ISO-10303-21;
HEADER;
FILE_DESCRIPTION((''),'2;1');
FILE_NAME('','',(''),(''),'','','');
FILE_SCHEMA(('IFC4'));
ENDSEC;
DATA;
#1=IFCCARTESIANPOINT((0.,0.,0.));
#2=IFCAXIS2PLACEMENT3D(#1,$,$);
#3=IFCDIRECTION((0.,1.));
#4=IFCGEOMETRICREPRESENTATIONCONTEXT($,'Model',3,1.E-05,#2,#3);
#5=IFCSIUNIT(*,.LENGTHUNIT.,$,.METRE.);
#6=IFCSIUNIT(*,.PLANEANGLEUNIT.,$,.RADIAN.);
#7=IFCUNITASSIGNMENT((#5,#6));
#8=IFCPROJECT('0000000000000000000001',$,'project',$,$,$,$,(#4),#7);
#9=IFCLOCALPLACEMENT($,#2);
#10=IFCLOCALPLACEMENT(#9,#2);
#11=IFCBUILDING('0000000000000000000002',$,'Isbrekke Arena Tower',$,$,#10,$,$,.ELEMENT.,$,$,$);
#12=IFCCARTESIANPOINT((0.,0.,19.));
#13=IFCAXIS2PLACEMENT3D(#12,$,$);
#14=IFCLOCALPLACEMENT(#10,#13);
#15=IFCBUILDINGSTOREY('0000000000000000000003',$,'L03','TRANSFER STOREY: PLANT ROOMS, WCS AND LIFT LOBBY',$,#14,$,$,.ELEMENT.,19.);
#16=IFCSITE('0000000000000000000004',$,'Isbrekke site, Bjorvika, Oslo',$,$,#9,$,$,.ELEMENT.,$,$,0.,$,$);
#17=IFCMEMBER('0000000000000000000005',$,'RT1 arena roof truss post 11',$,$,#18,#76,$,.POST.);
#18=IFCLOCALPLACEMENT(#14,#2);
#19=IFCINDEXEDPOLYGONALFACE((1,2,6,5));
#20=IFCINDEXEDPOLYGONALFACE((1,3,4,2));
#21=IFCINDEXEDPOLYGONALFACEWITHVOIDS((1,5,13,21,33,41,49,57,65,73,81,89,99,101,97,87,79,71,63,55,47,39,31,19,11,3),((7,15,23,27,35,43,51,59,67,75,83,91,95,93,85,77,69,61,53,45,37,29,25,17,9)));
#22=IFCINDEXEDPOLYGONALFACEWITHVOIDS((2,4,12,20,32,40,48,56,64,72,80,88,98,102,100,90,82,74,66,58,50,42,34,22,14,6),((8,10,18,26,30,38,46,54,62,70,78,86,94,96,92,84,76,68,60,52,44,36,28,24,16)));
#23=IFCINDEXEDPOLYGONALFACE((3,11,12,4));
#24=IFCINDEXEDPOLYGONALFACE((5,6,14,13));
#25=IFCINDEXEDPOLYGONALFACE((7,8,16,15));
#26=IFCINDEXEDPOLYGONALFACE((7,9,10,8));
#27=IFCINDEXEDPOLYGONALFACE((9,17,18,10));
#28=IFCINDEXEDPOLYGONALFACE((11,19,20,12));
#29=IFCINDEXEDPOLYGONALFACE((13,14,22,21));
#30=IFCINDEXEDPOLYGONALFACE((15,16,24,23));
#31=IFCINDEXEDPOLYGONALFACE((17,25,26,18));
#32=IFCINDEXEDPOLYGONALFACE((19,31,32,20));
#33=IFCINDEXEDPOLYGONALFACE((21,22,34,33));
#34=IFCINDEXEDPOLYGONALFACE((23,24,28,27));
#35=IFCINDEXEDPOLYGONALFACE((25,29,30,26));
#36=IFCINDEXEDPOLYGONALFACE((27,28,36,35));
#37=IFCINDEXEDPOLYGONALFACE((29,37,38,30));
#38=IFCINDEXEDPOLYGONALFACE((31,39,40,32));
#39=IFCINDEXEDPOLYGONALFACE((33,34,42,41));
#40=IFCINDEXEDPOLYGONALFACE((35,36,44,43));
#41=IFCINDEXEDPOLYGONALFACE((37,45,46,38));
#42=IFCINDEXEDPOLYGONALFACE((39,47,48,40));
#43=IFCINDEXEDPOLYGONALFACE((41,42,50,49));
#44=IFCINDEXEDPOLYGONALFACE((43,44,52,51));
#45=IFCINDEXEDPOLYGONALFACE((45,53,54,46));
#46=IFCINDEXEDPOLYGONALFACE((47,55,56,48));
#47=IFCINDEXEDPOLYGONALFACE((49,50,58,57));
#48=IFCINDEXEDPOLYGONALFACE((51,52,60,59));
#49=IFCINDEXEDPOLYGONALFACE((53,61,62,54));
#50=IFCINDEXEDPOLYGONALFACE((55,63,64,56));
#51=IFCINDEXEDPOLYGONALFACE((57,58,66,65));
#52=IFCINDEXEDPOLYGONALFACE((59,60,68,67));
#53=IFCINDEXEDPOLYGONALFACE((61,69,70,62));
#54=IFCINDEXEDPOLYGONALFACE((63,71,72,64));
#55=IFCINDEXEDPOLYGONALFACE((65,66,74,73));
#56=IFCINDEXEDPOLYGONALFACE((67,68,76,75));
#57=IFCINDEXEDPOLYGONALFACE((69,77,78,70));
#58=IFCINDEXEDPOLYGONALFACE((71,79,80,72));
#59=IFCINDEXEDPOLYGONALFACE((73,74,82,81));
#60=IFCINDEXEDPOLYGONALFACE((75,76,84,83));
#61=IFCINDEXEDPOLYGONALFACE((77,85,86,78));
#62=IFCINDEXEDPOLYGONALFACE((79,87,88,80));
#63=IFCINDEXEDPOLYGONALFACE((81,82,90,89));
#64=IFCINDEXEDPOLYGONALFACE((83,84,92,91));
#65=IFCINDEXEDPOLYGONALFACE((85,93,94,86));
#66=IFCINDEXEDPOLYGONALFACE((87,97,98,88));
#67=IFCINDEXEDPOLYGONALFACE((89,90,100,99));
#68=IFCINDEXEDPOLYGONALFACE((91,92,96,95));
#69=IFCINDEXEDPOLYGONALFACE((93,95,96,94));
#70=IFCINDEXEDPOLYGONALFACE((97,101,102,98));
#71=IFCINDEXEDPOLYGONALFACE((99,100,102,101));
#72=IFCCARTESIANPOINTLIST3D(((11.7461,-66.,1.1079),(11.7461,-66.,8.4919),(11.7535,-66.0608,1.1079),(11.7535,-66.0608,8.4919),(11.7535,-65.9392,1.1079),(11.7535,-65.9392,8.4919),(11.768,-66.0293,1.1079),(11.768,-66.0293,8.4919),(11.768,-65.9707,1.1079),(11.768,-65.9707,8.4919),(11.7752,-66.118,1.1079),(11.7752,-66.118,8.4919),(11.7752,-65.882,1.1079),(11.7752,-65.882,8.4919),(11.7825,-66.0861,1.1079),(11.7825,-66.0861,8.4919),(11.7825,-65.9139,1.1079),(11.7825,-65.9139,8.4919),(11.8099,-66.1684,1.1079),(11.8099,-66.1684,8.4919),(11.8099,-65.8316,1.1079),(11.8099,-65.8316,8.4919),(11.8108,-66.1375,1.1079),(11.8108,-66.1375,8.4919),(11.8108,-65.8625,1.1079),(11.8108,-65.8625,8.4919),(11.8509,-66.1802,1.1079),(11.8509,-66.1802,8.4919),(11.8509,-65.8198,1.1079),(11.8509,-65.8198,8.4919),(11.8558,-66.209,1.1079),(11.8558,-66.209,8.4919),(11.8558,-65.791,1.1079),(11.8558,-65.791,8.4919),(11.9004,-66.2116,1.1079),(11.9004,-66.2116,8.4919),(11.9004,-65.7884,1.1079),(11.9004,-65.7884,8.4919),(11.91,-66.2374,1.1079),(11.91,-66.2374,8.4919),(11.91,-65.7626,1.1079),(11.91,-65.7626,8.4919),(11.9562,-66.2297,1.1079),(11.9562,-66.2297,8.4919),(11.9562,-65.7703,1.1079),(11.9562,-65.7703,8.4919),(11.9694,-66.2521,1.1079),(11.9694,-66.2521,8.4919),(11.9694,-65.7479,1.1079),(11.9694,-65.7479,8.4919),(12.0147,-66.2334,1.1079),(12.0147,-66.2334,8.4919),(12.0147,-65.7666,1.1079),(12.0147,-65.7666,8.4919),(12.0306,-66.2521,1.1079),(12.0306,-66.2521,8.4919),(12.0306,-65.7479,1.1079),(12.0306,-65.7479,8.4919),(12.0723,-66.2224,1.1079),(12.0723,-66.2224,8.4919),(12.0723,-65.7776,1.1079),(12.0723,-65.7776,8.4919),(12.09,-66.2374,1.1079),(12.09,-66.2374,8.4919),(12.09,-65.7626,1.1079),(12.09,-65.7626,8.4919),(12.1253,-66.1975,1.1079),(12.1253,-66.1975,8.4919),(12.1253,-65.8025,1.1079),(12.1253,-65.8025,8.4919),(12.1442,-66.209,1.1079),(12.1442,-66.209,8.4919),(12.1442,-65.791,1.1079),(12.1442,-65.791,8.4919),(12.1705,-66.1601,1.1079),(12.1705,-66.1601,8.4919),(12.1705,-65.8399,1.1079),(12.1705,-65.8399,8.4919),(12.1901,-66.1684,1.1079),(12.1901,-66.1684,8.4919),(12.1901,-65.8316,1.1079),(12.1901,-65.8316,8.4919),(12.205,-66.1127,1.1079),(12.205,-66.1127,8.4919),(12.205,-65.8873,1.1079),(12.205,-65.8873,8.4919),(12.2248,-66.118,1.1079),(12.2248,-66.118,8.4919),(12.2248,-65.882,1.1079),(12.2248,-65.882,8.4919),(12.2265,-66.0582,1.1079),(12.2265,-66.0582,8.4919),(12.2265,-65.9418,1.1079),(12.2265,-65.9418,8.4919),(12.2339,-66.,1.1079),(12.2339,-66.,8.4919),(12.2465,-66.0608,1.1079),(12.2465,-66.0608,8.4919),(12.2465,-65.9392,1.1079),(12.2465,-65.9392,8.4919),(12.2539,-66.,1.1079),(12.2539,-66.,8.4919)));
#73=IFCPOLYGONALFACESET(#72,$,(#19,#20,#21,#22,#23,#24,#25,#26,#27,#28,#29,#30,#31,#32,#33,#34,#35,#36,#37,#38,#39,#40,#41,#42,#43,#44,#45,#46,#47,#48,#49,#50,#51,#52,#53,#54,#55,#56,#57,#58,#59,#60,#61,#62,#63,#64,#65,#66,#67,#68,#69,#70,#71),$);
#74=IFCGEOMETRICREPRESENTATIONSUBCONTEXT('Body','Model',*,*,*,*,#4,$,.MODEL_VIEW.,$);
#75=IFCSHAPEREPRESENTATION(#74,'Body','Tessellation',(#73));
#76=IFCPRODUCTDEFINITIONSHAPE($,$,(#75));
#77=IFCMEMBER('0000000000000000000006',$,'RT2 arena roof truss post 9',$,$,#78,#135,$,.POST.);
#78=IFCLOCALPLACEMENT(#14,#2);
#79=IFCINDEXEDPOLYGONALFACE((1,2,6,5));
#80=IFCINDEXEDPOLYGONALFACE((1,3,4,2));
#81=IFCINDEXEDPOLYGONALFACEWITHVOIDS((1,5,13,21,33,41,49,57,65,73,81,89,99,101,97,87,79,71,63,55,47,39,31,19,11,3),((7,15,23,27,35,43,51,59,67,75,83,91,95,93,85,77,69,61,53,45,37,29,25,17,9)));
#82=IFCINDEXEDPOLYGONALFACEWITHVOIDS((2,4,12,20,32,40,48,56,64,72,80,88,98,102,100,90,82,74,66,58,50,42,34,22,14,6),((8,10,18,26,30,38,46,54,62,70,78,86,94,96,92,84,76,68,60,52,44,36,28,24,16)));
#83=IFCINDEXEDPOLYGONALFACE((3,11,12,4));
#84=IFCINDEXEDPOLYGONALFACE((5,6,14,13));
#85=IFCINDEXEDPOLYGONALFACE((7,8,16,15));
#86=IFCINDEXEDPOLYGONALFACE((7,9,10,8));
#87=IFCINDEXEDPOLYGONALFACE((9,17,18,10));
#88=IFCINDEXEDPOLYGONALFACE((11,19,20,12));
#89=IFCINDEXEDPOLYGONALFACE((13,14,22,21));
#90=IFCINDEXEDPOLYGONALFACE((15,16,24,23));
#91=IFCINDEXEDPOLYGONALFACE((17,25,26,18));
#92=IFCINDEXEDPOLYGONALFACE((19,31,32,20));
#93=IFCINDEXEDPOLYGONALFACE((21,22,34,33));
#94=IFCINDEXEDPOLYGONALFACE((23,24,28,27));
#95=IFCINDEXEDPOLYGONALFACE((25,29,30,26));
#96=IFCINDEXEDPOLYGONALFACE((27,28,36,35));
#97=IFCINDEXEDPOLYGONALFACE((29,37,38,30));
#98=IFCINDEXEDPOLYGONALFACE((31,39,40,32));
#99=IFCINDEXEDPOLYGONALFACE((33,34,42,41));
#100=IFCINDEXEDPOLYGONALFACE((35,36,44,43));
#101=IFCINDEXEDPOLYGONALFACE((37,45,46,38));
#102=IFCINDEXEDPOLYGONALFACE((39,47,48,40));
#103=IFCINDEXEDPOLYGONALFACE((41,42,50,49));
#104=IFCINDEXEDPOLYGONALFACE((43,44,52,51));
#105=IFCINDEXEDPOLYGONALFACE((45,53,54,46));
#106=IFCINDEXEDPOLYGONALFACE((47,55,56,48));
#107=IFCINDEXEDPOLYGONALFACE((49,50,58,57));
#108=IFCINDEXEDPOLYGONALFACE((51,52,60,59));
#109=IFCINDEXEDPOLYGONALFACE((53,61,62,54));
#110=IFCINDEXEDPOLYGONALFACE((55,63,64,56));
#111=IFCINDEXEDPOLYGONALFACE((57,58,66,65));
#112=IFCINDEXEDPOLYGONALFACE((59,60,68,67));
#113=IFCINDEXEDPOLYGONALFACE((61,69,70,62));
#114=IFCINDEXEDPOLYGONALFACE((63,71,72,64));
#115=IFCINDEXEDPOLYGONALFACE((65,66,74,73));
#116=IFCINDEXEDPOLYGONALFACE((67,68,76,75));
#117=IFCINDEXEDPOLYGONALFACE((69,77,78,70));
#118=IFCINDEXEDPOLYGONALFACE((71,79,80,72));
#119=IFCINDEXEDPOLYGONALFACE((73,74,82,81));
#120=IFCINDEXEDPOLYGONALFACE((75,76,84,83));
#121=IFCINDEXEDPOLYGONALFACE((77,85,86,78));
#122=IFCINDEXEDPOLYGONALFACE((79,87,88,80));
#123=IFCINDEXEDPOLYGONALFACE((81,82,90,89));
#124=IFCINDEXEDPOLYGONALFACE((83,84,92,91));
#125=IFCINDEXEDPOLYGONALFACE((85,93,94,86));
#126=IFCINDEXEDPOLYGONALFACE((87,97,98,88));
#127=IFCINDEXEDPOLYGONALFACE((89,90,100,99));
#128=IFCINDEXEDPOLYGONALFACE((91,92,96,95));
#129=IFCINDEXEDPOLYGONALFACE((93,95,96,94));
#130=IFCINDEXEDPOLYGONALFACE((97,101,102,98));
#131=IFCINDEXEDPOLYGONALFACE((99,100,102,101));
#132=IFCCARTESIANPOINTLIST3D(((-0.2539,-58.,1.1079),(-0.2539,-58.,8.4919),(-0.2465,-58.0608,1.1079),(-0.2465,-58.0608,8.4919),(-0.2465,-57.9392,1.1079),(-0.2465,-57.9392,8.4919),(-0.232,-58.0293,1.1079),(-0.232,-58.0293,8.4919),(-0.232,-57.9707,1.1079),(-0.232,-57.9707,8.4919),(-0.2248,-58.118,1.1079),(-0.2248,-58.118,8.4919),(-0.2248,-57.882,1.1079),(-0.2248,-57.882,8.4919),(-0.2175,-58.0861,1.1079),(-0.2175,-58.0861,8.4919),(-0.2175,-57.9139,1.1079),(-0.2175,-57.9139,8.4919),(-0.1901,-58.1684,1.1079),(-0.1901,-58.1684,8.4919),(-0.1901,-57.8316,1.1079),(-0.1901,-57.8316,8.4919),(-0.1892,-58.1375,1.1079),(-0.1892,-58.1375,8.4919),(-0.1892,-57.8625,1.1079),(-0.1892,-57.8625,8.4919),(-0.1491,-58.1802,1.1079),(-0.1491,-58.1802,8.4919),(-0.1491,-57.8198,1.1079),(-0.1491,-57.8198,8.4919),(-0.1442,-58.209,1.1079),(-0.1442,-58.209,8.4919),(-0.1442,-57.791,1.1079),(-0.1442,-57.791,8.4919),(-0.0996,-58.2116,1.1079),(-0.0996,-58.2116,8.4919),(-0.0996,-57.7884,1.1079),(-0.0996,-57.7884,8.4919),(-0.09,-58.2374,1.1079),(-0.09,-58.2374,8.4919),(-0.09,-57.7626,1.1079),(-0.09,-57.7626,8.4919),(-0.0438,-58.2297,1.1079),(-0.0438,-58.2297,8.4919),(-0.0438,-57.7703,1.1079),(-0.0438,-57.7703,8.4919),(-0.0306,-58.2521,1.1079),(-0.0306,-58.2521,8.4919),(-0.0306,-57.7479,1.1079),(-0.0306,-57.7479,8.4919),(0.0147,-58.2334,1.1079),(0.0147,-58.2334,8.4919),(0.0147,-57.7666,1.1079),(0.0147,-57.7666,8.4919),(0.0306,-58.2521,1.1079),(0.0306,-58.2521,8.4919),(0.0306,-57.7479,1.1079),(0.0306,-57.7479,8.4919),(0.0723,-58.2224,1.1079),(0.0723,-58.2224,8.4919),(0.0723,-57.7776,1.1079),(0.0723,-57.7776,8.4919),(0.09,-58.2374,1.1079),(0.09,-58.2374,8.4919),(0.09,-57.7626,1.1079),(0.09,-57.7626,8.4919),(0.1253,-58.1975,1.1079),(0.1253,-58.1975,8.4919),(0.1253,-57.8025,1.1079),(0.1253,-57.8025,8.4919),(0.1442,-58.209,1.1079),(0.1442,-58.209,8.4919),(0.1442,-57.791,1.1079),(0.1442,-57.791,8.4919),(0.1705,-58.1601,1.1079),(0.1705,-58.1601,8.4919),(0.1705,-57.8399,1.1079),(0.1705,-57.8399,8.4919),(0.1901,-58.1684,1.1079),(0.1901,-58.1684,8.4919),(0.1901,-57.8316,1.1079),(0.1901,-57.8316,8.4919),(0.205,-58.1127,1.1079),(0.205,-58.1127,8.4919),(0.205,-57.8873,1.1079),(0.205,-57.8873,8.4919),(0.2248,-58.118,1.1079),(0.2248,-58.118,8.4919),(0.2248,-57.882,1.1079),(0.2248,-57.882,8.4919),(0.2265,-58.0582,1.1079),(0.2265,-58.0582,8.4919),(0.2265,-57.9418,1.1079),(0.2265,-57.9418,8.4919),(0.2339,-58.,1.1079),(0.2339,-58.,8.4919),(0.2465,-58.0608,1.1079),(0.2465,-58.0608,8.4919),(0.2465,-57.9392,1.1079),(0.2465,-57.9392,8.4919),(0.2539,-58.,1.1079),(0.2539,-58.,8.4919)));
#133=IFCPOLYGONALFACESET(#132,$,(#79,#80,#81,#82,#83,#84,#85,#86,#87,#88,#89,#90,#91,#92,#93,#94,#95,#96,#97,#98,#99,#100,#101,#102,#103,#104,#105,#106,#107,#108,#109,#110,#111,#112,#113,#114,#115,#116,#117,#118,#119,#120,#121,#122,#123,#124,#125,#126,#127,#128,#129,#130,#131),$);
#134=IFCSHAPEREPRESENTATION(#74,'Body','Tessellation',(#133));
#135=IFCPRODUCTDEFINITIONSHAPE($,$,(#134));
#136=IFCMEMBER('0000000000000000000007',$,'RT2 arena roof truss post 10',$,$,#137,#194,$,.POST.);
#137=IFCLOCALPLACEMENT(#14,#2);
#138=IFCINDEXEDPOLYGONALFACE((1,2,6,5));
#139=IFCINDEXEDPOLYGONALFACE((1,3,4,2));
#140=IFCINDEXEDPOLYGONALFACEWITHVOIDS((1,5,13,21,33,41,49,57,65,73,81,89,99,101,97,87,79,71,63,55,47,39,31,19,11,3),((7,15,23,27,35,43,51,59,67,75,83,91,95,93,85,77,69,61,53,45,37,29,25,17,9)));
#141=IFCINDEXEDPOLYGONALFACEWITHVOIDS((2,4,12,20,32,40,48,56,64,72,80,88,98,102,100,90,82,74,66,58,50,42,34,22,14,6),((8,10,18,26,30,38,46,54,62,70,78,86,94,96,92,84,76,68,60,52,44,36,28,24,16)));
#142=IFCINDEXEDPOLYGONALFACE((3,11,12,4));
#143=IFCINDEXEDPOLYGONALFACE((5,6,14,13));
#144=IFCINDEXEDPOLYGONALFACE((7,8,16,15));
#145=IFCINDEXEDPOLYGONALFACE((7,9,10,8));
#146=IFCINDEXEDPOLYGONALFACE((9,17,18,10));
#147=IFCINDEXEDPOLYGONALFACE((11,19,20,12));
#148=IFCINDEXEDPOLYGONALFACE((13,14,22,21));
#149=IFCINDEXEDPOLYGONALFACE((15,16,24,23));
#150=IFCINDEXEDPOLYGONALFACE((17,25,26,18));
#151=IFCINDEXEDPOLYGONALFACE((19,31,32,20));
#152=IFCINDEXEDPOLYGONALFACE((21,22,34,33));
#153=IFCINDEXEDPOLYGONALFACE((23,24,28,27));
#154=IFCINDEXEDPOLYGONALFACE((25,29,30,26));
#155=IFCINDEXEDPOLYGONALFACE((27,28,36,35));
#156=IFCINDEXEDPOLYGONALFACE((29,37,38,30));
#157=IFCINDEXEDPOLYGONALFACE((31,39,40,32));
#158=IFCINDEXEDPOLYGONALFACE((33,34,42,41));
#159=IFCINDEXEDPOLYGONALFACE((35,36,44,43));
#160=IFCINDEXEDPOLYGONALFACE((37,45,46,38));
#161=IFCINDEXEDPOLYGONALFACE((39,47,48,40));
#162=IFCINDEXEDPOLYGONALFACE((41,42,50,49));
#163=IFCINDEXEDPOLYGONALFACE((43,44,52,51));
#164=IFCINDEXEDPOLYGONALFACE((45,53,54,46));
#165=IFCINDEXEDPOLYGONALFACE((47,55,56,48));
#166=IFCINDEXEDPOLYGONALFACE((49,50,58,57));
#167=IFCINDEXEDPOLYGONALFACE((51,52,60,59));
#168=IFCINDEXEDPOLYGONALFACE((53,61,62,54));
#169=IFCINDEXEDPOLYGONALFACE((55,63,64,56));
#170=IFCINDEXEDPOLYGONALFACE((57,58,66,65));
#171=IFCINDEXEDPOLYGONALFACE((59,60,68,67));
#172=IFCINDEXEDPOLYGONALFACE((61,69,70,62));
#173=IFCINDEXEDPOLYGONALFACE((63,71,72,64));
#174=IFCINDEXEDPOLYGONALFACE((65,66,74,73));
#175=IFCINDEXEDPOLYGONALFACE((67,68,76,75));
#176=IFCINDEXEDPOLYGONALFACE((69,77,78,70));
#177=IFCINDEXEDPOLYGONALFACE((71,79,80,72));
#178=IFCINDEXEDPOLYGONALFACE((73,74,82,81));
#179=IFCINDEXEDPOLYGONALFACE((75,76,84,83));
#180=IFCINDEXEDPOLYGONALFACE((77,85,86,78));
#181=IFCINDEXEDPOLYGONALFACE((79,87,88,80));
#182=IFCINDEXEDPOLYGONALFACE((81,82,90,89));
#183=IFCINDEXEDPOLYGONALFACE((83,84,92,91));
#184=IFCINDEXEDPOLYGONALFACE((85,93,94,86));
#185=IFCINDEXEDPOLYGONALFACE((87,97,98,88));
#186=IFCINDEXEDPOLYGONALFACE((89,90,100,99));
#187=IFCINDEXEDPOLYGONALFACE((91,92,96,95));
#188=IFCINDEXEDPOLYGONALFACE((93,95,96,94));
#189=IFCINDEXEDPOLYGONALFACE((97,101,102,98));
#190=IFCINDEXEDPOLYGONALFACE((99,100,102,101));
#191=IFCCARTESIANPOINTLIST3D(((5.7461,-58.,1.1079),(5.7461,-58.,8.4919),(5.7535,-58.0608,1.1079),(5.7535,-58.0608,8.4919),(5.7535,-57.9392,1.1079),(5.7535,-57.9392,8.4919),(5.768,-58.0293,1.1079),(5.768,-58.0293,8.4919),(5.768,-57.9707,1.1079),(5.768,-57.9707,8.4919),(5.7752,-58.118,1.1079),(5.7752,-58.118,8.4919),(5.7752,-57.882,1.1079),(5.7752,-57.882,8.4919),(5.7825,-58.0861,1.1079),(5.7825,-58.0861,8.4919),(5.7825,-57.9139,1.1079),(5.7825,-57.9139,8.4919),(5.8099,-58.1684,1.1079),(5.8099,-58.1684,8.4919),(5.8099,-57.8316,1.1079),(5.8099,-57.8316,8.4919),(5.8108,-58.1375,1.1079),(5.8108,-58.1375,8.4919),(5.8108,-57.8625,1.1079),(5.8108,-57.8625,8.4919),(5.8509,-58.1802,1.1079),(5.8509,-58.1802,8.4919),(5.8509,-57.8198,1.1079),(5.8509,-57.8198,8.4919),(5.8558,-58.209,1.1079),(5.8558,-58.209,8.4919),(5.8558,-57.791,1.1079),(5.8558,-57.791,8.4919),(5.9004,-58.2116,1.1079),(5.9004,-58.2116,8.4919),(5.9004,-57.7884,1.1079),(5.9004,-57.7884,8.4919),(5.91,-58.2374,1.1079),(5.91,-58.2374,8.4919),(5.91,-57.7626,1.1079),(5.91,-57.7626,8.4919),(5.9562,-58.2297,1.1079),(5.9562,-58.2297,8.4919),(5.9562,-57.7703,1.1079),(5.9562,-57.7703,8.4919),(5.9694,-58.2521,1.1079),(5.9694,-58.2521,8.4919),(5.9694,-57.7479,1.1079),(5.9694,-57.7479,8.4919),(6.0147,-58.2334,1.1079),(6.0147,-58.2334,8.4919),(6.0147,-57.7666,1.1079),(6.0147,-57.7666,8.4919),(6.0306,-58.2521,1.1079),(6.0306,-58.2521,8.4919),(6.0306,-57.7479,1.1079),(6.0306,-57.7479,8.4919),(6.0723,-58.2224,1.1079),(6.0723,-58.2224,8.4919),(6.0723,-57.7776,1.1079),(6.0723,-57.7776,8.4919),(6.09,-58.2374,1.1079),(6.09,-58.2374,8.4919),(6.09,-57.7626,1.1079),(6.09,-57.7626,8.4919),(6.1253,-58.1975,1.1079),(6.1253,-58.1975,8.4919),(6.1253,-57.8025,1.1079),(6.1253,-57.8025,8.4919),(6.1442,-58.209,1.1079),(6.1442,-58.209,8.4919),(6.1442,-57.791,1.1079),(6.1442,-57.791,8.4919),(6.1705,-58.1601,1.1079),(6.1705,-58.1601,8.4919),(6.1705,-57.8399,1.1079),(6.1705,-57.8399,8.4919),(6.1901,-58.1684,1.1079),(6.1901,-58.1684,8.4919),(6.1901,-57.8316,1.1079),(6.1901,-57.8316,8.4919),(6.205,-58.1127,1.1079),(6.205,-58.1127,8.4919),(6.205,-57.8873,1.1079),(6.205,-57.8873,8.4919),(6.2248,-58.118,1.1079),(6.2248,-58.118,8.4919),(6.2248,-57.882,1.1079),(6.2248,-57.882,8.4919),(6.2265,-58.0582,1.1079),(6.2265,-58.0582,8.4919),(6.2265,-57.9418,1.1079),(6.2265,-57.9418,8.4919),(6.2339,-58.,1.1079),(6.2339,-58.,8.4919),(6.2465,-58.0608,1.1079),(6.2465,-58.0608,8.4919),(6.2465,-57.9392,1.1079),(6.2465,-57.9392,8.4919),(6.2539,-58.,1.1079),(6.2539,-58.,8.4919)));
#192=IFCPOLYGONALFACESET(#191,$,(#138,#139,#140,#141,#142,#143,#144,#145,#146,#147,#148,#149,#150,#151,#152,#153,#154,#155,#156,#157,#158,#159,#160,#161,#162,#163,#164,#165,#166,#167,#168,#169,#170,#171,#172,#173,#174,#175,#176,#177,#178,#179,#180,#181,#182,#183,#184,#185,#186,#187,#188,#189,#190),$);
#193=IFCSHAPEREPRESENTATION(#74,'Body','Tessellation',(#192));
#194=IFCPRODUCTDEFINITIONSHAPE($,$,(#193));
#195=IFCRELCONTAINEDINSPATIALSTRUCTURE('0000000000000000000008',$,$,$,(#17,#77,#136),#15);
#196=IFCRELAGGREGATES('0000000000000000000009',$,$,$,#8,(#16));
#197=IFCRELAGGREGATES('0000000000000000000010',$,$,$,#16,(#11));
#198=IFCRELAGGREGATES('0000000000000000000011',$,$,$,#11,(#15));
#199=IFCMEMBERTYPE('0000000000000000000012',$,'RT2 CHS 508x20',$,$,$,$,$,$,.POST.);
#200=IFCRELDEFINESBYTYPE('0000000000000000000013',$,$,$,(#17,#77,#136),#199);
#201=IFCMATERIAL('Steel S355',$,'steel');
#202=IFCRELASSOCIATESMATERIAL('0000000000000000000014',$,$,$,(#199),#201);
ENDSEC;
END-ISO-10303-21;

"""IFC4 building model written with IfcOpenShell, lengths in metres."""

from ifc_helpers import new_model, si_unit, direction, frame, origin, origin_2d, place, context, subcontext, project, spatial, hollow_circle, extrude, material, material_profile, profile_set, type_object, element, save


model = new_model("IFC4")

# Units and contexts
model_context = context("Model", 3, precision=1e-05, world=origin(), true_north=direction((0.0, 1.0)))
body_context = subcontext(model_context, "Body", "Model", "MODEL_VIEW")
ifc_project = project(units=[si_unit("LENGTHUNIT", "METRE"), si_unit("PLANEANGLEUNIT", "RADIAN")], contexts=[model_context])

# Site, building, storey
site_placement = place(None, origin())
site = spatial("IfcSite", under=ifc_project, at=site_placement, Name="Isbrekke site, Bjorvika, Oslo", CompositionType="ELEMENT", RefElevation=0.0)
building_placement = place(site_placement, origin())
building = spatial("IfcBuilding", under=site, at=building_placement, Name="Isbrekke Arena Tower", CompositionType="ELEMENT")
storey_placement = place(building_placement, frame((0.0, 0.0, 19.0)))
storey = spatial("IfcBuildingStorey", under=building, at=storey_placement, Name="L03", Description="TRANSFER STOREY: PLANT ROOMS, WCS AND LIFT LOBBY", CompositionType="ELEMENT", Elevation=19.0)

# Members
ifc_material_1 = material(Name="Steel S355", Category="steel")
ifc_material_profile_1 = material_profile(ifc_material_1, hollow_circle(Radius=0.2539, WallThickness=0.02, at=origin_2d()), Name="CHS 508x20")
ifc_profile_set_1 = profile_set([ifc_material_profile_1], Name="Steel S355")
member_type_1 = type_object("IfcMemberType", Name="RT2 CHS 508x20", PredefinedType="POST", material=ifc_profile_set_1)
for number, where, z_axis, x_axis, name in (
    (1, (12.0, -66.0, 1.1079), (0.0, 0.0, 1.0), (1.0, 0.0, 0.0), "RT1 arena roof truss post 11"),
    (2, (0.0, -58.0, 1.1079), (0.0, 0.0, 1.0), (1.0, 0.0, 0.0), "RT2 arena roof truss post 9"),
    (3, (6.0, -58.0, 1.1079), (0.0, 0.0, 1.0), (1.0, 0.0, 0.0), "RT2 arena roof truss post 10"),
):
    element("IfcMember", number, at=place(storey_placement, frame(where, z_axis=z_axis, x_axis=x_axis)), inside=storey, type_object=member_type_1, Name=name, PredefinedType="POST", context=body_context, shape_type="SweptSolid", body=[
        extrude(hollow_circle(Radius=0.2539, WallThickness=0.02, at=origin_2d()), origin(), (0.0, 0.0, 1.0), 7.384),
    ])

save(model, "model.ifc")
